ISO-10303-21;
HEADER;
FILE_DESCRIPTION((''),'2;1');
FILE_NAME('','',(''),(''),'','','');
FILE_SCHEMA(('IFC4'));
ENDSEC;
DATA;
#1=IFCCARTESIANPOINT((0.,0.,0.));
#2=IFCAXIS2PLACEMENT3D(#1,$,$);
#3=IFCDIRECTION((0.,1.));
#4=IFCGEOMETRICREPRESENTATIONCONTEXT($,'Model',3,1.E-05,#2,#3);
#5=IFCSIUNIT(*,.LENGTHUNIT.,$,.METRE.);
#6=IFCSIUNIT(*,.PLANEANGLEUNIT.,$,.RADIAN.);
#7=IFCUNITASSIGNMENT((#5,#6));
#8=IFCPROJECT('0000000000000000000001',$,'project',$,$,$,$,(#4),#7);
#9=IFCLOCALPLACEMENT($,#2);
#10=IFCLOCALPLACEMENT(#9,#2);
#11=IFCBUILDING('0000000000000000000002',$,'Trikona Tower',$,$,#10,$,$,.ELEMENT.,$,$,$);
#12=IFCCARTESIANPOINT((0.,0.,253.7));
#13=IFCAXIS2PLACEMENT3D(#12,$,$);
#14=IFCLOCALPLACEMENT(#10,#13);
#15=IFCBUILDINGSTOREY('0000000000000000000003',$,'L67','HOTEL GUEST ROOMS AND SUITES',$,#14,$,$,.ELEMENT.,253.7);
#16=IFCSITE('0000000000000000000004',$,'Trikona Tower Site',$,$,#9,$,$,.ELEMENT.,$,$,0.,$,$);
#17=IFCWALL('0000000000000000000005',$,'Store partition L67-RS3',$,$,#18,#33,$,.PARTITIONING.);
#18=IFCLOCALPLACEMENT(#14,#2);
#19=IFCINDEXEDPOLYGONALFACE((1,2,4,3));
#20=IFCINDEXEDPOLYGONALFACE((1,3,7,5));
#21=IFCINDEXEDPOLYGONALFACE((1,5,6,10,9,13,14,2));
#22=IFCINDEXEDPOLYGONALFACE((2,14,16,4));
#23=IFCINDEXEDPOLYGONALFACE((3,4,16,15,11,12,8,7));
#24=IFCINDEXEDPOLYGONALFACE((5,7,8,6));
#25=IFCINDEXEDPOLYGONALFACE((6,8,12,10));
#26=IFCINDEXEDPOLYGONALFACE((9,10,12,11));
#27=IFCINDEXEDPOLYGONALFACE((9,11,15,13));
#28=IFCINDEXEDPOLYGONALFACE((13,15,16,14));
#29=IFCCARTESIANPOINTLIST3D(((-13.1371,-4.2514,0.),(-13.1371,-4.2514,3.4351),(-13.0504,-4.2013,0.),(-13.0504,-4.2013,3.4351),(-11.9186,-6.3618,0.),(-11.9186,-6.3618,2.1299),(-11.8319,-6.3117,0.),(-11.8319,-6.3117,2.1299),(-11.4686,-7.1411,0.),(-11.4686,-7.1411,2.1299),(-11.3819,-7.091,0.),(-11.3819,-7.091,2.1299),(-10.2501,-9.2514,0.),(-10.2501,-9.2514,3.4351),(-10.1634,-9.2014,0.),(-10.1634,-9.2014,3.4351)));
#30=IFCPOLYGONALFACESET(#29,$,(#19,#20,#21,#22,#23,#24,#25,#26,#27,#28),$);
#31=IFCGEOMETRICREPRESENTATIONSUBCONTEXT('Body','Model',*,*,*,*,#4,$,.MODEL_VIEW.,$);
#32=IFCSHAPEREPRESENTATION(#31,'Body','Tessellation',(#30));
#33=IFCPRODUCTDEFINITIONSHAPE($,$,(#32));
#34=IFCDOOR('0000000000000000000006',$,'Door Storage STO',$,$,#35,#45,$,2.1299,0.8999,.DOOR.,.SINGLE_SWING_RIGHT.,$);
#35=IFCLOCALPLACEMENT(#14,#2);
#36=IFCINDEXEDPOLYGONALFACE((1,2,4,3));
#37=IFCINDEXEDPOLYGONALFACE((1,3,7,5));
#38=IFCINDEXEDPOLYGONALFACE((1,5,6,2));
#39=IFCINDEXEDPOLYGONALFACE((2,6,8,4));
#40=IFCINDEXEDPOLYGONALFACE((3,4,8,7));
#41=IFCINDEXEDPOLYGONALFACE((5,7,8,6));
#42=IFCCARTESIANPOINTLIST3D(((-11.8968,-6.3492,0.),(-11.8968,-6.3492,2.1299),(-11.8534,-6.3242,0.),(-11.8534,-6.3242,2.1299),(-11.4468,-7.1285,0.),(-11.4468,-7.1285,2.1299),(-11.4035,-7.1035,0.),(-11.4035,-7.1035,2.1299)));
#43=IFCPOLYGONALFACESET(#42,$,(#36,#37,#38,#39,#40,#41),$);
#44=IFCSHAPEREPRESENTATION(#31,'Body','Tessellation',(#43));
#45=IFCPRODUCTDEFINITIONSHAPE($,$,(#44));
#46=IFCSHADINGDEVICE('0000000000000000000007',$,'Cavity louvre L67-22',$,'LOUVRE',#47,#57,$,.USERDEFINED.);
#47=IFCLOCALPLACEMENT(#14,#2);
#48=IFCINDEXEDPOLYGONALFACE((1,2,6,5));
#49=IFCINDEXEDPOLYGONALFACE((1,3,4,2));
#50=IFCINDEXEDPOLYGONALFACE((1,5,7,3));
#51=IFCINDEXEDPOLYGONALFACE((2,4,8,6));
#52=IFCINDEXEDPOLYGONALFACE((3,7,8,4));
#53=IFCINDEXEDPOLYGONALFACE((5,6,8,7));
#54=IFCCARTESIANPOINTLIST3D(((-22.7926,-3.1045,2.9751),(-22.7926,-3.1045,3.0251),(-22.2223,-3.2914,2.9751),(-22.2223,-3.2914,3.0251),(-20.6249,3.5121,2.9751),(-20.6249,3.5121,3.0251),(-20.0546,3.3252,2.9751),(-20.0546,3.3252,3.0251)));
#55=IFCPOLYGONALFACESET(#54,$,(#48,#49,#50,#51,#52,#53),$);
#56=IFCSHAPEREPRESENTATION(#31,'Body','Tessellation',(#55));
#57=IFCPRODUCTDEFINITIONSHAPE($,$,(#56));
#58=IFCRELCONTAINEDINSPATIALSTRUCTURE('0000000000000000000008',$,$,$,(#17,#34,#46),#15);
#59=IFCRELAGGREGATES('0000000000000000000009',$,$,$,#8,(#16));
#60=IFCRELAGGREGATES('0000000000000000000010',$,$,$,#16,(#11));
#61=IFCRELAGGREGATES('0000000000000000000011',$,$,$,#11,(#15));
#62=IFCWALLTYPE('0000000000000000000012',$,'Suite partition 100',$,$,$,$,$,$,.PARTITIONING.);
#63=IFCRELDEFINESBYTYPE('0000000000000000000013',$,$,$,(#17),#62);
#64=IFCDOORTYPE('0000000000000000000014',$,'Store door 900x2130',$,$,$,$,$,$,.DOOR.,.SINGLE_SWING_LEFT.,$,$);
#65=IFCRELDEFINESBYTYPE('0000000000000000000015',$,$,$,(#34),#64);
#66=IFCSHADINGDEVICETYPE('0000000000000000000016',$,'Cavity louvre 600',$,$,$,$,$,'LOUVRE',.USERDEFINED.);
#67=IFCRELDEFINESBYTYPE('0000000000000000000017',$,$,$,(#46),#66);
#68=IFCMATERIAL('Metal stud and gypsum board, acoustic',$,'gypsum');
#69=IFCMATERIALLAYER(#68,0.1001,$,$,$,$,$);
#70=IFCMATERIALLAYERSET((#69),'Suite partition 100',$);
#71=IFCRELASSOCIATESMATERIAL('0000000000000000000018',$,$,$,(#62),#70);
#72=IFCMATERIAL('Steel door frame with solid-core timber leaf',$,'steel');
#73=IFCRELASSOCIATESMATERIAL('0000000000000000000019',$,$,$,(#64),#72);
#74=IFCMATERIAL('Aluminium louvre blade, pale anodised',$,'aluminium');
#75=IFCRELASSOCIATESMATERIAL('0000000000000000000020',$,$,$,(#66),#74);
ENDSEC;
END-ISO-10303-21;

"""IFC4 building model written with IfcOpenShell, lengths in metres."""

from ifc_helpers import new_model, si_unit, direction, frame, frame_2d, origin, origin_2d, place, context, subcontext, project, spatial, rectangle, extrude, material, layer, layer_set, type_object, element, fill, save


model = new_model("IFC4")

# Units and contexts
model_context = context("Model", 3, precision=1e-05, world=origin(), true_north=direction((0.0, 1.0)))
body_context = subcontext(model_context, "Body", "Model", "MODEL_VIEW")
ifc_project = project(units=[si_unit("LENGTHUNIT", "METRE"), si_unit("PLANEANGLEUNIT", "RADIAN")], contexts=[model_context])

# Site, building, storey
site_placement = place(None, origin())
site = spatial("IfcSite", under=ifc_project, at=site_placement, Name="Trikona Tower Site", CompositionType="ELEMENT", RefElevation=0.0)
building_placement = place(site_placement, origin())
building = spatial("IfcBuilding", under=site, at=building_placement, Name="Trikona Tower", CompositionType="ELEMENT")
storey_placement = place(building_placement, frame((0.0, 0.0, 253.7)))
storey = spatial("IfcBuildingStorey", under=building, at=storey_placement, Name="L67", Description="HOTEL GUEST ROOMS AND SUITES", CompositionType="ELEMENT", Elevation=253.7)

# Wall, opening, door
ifc_material_1 = material(Name="Metal stud and gypsum board, acoustic", Category="gypsum")
ifc_layer_1 = layer(ifc_material_1, 0.1001)
ifc_layer_set_1 = layer_set([ifc_layer_1], Name="Suite partition 100")
wall_type_1 = type_object("IfcWallType", Name="Suite partition 100", PredefinedType="PARTITIONING", material=ifc_layer_set_1)
wall_1_placement = place(storey_placement, frame((-10.2068, -9.2263, 0.0), z_axis=(0.0, 0.0, 1.0), x_axis=(-0.500027, 0.86601, 0.0)))
wall_1 = element("IfcWall", 1, at=wall_1_placement, inside=storey, type_object=wall_type_1, Name="Store partition L67-RS3", PredefinedType="PARTITIONING", context=body_context, shape_type="SweptSolid", body=[
    extrude(rectangle(XDim=5.7737, YDim=0.1001, at=frame_2d((2.8867, 0.0))), origin(), (0.0, 0.0, 1.0), 3.4351),
])
opening_1_placement = place(wall_1_placement, frame((2.4368, 0.0, 0.0)))
opening_1 = element("IfcOpeningElement", 2, at=opening_1_placement, cuts=wall_1, PredefinedType="OPENING", context=body_context, shape_type="SweptSolid", body=[
    extrude(rectangle(XDim=0.8999, YDim=2.1299, at=frame_2d((0.45, 1.0649))), frame((0.0, 0.0601, 0.0), z_axis=(0.0, -1.0, 0.0), x_axis=(1.0, 0.0, 0.0)), (0.0, 0.0, 1.0), 0.1201),
])
ifc_material_2 = material(Name="Steel door frame with solid-core timber leaf", Category="steel")
door_type_1 = type_object("IfcDoorType", Name="Store door 900x2130", OperationType="SINGLE_SWING_LEFT", PredefinedType="DOOR", material=ifc_material_2)
door_1_placement = place(opening_1_placement, origin())
door_1 = element("IfcDoor", 3, at=door_1_placement, inside=storey, type_object=door_type_1, Name="Door Storage STO", OperationType="SINGLE_SWING_RIGHT", OverallHeight=2.1299, OverallWidth=0.8999, PredefinedType="DOOR", context=body_context, shape_type="SweptSolid", body=[
    extrude(rectangle(XDim=0.8999, YDim=2.1299, at=frame_2d((0.45, 1.0649))), frame((0.0, 0.0249, 0.0), z_axis=(0.0, -1.0, 0.0), x_axis=(1.0, 0.0, 0.0)), (0.0, 0.0, 1.0), 0.05),
])
fill(opening_1, door_1)

# Shading device
ifc_material_3 = material(Name="Aluminium louvre blade, pale anodised", Category="aluminium")
shading_device_type = type_object("IfcShadingDeviceType", Name="Cavity louvre 600", ElementType="LOUVRE", PredefinedType="USERDEFINED", material=ifc_material_3)
shading_device_placement = place(storey_placement, frame((-21.4236, 0.1104, 2.9751), z_axis=(0.0, 0.0, 1.0), x_axis=(-0.311337, -0.9503, 0.0)))
element("IfcShadingDevice", 4, at=shading_device_placement, inside=storey, type_object=shading_device_type, Name="Cavity louvre L67-22", ObjectType="LOUVRE", PredefinedType="USERDEFINED", context=body_context, shape_type="SweptSolid", body=[
    extrude(rectangle(XDim=6.9626, YDim=0.6001, at=origin_2d()), origin(), (0.0, 0.0, 1.0), 0.05),
])

save(model, "model.ifc")
